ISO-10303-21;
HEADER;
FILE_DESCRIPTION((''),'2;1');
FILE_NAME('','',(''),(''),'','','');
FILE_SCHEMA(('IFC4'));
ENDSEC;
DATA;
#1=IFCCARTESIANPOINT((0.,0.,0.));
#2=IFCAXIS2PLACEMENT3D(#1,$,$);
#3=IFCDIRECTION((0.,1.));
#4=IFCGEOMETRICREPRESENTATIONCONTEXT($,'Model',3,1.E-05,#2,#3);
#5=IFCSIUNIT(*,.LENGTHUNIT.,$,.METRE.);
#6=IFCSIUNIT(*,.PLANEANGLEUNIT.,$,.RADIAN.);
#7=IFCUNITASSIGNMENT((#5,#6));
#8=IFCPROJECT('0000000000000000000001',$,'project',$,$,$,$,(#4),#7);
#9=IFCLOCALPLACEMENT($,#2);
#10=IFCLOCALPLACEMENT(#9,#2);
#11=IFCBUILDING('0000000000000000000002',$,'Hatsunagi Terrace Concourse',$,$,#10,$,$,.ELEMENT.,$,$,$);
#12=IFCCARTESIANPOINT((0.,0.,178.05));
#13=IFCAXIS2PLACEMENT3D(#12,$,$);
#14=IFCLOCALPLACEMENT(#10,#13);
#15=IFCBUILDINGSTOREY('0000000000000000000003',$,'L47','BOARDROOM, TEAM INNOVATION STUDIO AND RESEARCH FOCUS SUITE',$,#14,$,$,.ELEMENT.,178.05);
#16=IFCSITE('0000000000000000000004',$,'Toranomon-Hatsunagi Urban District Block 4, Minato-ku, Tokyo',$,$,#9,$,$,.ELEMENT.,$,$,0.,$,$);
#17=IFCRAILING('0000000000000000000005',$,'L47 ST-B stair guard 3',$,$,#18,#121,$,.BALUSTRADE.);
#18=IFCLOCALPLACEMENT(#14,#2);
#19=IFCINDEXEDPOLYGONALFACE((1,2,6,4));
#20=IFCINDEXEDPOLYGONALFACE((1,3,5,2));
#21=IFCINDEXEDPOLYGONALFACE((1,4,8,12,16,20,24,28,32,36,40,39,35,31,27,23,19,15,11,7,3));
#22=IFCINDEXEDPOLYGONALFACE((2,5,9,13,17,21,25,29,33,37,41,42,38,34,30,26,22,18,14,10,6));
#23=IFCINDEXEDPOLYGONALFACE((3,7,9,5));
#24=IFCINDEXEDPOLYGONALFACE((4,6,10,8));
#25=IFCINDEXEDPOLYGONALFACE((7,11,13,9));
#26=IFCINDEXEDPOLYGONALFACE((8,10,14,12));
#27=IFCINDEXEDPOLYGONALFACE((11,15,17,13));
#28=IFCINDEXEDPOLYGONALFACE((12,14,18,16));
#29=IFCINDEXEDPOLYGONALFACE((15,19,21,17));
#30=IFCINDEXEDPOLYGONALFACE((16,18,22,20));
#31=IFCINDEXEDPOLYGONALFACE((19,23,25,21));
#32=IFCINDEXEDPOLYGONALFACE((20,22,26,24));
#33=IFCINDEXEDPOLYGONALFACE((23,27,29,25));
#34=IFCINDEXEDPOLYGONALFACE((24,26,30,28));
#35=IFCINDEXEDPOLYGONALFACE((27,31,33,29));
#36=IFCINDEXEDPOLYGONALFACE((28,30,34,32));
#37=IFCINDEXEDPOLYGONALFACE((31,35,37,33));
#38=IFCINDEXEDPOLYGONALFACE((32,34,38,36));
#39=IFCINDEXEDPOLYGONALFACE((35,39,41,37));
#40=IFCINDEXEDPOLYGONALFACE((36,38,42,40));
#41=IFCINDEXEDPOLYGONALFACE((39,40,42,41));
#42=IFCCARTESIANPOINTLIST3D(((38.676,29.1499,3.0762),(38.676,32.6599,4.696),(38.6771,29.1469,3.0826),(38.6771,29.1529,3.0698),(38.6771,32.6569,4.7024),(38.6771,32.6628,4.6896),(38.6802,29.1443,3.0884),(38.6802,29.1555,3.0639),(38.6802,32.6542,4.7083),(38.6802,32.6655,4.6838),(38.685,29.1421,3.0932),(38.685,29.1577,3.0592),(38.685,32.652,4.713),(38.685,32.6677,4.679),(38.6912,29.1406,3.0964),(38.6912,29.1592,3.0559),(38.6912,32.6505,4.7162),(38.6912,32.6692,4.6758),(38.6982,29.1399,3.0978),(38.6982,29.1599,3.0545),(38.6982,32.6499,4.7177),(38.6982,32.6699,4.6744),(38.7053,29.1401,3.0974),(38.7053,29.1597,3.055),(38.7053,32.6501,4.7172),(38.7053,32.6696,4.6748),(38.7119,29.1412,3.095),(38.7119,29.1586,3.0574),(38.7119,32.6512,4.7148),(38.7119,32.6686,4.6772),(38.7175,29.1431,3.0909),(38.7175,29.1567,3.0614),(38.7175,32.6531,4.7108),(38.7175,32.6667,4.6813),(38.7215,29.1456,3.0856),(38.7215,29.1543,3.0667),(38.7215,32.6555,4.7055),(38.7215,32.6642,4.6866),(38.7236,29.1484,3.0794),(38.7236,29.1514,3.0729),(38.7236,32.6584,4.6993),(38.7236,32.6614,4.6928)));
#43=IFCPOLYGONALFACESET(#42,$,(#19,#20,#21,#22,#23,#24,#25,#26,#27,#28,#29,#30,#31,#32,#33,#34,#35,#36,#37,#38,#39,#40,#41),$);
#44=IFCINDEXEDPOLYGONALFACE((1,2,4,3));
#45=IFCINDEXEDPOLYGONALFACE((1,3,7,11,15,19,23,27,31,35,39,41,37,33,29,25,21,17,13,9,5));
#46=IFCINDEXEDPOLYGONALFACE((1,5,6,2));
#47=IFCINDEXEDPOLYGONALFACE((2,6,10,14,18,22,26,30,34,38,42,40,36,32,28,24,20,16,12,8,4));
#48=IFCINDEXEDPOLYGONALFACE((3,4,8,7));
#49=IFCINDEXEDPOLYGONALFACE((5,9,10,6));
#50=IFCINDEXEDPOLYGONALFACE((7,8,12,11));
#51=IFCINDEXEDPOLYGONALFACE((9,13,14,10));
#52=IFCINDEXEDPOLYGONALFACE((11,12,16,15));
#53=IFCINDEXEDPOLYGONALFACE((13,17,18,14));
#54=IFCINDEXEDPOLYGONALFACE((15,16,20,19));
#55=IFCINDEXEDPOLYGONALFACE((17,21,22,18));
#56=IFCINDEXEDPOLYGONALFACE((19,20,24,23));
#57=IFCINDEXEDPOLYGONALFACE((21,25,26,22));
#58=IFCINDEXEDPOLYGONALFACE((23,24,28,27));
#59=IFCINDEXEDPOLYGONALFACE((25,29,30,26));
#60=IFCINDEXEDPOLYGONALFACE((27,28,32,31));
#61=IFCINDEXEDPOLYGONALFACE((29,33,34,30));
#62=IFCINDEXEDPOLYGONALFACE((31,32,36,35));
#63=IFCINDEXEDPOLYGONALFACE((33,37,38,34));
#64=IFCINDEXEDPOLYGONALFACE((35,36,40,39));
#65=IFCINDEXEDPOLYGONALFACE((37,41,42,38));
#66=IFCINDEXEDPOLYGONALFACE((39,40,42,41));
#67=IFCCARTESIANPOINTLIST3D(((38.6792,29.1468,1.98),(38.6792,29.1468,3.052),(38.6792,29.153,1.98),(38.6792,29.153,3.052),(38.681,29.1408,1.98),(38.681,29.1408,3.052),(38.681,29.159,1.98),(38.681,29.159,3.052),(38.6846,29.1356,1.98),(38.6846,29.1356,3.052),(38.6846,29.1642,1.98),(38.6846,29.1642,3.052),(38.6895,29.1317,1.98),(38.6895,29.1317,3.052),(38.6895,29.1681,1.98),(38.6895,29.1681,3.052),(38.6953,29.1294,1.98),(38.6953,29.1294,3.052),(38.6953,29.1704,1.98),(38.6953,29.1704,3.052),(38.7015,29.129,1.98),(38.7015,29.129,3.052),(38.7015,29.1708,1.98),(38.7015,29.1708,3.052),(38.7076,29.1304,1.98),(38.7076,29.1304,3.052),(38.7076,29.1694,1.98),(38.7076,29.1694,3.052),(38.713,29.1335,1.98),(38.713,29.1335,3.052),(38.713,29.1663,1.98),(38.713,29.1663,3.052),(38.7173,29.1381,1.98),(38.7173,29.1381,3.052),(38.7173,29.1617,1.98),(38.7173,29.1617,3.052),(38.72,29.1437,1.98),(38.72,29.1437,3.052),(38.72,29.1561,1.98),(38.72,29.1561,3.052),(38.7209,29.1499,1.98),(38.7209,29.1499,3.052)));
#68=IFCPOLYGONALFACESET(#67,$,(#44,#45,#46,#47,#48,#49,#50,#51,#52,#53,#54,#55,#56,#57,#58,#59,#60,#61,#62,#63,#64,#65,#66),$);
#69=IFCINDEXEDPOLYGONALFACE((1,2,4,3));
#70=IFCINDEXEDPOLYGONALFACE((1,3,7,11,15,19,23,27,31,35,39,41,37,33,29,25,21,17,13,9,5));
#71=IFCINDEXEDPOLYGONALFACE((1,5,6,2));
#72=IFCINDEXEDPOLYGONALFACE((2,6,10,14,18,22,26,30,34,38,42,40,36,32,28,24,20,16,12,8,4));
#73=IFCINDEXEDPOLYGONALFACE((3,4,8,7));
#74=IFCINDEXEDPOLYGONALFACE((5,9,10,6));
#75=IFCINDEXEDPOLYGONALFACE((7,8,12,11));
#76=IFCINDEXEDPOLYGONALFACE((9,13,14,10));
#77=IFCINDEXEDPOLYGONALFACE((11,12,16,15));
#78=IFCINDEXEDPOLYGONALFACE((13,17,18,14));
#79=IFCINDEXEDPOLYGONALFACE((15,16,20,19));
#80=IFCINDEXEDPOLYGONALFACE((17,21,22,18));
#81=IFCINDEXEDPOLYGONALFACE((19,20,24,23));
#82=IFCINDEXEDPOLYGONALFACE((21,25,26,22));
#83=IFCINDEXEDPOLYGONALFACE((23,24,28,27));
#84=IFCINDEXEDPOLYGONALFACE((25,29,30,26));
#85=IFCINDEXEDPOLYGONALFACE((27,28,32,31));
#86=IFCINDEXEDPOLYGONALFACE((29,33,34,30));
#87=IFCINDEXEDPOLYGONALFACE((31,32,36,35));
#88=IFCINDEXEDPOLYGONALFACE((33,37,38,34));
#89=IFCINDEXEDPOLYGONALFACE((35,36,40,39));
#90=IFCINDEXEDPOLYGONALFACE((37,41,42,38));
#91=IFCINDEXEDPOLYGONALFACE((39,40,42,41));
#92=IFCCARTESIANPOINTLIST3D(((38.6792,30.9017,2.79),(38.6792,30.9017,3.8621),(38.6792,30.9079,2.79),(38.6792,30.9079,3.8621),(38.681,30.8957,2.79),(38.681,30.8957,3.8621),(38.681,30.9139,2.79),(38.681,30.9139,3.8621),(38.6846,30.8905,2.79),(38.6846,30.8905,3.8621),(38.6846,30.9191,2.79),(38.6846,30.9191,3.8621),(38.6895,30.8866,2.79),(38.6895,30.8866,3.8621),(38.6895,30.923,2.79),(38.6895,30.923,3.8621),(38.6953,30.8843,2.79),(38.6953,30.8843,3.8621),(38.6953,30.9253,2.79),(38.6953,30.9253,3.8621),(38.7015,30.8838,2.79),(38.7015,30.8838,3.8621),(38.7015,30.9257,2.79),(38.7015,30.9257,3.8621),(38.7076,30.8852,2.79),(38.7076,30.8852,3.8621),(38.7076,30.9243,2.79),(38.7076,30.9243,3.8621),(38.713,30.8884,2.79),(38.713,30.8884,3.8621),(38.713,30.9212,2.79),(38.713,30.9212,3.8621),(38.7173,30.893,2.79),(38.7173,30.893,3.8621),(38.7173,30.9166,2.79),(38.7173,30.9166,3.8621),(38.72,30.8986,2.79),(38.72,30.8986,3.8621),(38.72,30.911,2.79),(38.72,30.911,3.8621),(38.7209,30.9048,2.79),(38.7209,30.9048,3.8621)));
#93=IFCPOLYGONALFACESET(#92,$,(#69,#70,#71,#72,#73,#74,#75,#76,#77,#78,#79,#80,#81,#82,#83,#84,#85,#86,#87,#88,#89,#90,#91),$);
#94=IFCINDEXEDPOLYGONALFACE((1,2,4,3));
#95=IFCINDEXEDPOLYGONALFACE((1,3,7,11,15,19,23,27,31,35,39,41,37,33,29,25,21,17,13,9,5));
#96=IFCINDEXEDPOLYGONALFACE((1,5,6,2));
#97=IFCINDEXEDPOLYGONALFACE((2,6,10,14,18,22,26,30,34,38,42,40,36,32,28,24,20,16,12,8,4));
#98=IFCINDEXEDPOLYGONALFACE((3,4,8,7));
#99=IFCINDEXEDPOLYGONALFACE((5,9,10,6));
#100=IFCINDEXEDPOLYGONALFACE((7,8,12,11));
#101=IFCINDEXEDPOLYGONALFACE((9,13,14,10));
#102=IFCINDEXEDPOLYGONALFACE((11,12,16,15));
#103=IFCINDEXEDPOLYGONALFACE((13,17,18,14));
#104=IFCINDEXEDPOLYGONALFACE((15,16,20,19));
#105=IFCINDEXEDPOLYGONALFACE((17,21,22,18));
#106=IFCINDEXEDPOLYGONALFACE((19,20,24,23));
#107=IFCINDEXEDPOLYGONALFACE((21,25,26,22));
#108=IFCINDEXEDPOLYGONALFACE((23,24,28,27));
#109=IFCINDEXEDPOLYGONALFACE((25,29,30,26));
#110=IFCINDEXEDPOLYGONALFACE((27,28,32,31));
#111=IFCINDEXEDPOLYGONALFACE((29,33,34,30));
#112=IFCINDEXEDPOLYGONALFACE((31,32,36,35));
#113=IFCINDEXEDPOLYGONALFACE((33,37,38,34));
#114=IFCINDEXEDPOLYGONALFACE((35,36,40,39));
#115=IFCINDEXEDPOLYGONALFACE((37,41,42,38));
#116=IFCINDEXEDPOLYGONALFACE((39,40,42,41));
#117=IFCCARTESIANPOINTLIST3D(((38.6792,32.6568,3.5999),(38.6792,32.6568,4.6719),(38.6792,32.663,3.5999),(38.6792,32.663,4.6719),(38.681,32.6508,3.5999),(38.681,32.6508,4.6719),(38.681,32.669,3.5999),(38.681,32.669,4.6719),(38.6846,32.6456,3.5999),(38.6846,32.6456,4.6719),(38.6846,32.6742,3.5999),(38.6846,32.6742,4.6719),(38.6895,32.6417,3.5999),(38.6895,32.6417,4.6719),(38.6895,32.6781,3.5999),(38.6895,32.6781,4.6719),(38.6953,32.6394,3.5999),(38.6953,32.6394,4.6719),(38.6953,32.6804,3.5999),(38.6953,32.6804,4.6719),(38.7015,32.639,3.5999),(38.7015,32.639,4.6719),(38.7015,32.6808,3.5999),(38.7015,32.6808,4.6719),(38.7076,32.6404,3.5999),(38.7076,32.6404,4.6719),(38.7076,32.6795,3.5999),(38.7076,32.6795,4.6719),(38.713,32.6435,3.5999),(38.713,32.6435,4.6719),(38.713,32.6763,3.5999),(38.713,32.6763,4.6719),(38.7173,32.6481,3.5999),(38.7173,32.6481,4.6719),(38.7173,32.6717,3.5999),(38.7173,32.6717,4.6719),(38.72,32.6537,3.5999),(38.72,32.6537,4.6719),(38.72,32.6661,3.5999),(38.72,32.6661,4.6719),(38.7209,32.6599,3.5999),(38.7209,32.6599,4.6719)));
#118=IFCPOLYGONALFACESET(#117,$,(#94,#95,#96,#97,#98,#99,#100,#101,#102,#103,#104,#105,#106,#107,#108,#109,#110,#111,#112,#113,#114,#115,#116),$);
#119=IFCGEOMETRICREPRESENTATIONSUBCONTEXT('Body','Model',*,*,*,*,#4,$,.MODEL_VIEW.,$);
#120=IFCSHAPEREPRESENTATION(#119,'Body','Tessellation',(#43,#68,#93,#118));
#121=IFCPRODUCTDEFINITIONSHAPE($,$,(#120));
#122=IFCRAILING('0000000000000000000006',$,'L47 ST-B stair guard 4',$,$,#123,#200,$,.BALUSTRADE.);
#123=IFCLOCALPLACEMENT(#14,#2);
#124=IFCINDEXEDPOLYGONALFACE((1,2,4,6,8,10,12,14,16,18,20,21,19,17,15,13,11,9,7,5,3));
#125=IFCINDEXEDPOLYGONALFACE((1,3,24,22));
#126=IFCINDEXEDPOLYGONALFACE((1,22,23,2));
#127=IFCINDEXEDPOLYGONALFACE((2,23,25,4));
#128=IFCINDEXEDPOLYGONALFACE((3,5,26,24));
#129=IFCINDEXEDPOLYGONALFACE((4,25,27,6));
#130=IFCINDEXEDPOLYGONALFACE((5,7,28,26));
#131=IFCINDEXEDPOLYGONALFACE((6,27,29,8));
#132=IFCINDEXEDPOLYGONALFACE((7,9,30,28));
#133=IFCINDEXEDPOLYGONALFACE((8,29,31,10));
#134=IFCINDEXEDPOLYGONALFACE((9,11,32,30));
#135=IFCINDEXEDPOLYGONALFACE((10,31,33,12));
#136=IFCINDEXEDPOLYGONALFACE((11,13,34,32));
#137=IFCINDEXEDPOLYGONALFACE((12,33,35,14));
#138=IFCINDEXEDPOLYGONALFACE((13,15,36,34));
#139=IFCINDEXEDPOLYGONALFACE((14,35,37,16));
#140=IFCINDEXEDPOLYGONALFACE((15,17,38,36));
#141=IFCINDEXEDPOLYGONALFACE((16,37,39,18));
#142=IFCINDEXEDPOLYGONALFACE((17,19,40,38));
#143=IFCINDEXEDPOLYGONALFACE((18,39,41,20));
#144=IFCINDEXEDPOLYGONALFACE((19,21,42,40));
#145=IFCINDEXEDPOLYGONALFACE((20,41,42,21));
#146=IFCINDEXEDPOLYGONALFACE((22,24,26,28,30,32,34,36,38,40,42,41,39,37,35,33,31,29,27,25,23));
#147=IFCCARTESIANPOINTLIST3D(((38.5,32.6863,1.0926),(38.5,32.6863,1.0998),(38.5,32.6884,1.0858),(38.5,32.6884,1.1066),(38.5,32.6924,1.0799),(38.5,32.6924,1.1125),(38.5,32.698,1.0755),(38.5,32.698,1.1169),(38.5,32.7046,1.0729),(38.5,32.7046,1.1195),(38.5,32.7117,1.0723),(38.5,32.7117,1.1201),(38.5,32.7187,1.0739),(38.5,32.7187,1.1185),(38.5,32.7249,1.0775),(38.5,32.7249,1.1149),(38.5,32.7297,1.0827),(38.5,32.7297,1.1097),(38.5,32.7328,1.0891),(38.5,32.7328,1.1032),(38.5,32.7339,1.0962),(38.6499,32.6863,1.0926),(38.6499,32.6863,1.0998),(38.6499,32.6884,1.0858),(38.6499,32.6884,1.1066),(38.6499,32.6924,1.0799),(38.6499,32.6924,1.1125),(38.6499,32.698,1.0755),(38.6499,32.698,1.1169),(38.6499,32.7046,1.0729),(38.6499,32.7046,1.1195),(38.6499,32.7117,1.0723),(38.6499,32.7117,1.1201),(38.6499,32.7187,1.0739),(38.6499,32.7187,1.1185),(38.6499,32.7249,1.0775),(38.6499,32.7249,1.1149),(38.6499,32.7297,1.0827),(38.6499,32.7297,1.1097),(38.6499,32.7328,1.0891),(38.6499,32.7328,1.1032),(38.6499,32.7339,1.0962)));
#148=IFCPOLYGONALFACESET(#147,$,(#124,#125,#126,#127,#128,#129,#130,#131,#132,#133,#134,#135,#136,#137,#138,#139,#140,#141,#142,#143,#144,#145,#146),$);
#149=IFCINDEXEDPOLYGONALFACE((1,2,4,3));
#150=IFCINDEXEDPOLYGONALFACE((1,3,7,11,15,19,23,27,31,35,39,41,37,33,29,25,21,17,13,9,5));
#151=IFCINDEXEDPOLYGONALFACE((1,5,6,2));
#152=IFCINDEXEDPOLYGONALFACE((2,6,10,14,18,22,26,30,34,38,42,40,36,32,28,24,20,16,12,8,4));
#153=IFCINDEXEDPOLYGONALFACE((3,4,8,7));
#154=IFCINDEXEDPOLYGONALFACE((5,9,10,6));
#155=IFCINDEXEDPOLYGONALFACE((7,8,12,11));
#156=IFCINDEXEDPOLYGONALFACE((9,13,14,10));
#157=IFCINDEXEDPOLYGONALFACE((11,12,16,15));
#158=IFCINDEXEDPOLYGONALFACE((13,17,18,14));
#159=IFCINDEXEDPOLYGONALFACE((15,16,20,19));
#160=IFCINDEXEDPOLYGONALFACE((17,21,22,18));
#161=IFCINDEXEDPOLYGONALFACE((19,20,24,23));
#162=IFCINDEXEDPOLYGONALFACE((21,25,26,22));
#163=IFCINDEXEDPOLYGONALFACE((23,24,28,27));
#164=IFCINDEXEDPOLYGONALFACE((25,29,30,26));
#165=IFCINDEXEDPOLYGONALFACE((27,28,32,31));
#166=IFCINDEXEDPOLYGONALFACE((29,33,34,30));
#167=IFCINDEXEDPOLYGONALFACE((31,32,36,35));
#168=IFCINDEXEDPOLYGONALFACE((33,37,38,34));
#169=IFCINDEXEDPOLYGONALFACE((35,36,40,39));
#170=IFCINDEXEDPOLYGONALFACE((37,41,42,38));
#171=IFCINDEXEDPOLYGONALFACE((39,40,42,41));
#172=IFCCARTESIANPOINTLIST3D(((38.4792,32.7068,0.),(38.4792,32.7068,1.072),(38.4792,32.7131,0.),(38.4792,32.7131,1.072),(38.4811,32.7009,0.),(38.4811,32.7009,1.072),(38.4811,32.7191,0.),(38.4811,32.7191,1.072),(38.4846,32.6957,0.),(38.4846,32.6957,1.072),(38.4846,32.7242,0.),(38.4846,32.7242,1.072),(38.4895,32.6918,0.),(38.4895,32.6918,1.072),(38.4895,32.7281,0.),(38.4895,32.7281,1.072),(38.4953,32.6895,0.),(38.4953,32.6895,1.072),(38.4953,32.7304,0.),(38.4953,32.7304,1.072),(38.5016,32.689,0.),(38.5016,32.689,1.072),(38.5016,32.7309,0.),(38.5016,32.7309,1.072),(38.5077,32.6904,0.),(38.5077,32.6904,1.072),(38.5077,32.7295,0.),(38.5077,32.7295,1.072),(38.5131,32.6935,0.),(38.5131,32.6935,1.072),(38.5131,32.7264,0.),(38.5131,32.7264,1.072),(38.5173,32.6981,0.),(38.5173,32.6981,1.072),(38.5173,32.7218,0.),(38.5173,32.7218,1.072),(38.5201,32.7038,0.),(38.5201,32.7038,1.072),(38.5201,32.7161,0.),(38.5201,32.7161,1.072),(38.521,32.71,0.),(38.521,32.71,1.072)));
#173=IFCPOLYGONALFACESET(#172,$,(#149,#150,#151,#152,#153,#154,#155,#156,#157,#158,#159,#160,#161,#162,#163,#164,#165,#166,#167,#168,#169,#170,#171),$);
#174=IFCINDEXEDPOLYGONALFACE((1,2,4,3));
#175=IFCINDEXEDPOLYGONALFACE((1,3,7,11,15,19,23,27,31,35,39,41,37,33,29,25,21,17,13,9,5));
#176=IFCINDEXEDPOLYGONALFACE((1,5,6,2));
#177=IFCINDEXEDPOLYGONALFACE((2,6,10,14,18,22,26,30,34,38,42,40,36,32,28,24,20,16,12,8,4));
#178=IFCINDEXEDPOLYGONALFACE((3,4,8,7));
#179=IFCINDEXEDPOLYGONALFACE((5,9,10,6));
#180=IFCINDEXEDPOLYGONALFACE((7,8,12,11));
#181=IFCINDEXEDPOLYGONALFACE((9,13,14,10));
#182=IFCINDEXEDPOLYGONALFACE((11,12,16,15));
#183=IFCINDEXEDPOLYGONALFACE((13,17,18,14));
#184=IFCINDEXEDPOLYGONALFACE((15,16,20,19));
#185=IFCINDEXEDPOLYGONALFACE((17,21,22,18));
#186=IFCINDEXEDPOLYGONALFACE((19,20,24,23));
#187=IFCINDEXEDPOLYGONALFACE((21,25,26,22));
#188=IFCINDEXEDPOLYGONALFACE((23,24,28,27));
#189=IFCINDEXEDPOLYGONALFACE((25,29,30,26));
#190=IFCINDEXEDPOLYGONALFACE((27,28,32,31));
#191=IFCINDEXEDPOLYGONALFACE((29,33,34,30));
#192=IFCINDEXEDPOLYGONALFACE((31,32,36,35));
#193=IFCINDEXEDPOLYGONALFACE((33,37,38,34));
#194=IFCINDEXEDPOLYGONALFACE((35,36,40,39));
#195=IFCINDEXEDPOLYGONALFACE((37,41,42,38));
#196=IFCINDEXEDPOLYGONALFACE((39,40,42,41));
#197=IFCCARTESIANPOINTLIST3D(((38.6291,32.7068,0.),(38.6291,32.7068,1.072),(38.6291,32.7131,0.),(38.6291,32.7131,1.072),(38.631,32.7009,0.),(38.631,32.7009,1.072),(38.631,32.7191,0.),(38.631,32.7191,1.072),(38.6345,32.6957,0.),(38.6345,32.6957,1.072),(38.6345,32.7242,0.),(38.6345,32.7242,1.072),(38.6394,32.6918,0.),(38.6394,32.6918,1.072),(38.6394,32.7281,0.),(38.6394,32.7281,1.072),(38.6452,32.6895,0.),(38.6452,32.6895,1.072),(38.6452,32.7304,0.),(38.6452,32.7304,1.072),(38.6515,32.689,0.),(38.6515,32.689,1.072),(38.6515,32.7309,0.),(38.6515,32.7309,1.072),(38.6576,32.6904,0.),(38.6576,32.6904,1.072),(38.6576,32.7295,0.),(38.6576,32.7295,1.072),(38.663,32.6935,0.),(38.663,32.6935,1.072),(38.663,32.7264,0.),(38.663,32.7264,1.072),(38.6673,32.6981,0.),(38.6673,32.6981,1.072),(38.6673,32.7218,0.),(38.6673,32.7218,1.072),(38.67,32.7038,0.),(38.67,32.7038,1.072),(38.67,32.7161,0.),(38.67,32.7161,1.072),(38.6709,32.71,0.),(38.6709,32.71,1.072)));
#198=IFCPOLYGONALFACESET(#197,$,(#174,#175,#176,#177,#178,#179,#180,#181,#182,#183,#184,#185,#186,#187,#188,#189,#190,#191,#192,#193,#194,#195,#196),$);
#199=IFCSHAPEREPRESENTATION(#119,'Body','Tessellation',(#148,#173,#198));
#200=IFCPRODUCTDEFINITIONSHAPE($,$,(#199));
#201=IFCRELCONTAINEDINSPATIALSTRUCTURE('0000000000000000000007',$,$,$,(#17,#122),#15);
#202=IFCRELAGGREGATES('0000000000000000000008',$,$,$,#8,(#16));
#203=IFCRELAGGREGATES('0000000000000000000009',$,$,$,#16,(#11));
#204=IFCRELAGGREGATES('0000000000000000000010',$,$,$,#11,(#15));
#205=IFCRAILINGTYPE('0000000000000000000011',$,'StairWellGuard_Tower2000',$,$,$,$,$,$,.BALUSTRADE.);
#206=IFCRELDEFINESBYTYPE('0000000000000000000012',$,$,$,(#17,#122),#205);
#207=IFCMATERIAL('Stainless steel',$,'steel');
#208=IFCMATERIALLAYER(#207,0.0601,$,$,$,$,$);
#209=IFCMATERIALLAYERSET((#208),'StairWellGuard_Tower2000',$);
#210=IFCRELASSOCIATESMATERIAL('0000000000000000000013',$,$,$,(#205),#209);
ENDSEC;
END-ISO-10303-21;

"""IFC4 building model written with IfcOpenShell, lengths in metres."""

from ifc_helpers import new_model, si_unit, direction, frame, origin, origin_2d, place, context, subcontext, project, spatial, circle, extrude, material, layer, layer_set, type_object, element, save


model = new_model("IFC4")

# Units and contexts
model_context = context("Model", 3, precision=1e-05, world=origin(), true_north=direction((0.0, 1.0)))
body_context = subcontext(model_context, "Body", "Model", "MODEL_VIEW")
ifc_project = project(units=[si_unit("LENGTHUNIT", "METRE"), si_unit("PLANEANGLEUNIT", "RADIAN")], contexts=[model_context])

# Site, building, storey
site_placement = place(None, origin())
site = spatial("IfcSite", under=ifc_project, at=site_placement, Name="Toranomon-Hatsunagi Urban District Block 4, Minato-ku, Tokyo", CompositionType="ELEMENT", RefElevation=0.0)
building_placement = place(site_placement, origin())
building = spatial("IfcBuilding", under=site, at=building_placement, Name="Hatsunagi Terrace Concourse", CompositionType="ELEMENT")
storey_placement = place(building_placement, frame((0.0, 0.0, 178.05)))
storey = spatial("IfcBuildingStorey", under=building, at=storey_placement, Name="L47", Description="BOARDROOM, TEAM INNOVATION STUDIO AND RESEARCH FOCUS SUITE", CompositionType="ELEMENT", Elevation=178.05)

# Railings
ifc_material_1 = material(Name="Stainless steel", Category="steel")
ifc_layer_1 = layer(ifc_material_1, 0.0601)
ifc_layer_set_1 = layer_set([ifc_layer_1], Name="StairWellGuard_Tower2000")
railing_type_1 = type_object("IfcRailingType", Name="StairWellGuard_Tower2000", PredefinedType="BALUSTRADE", material=ifc_layer_set_1)
railing_1_placement = place(storey_placement, frame((38.7, 29.1499, 1.98)))
element("IfcRailing", 1, at=railing_1_placement, inside=storey, type_object=railing_type_1, Name="L47 ST-B stair guard 3", PredefinedType="BALUSTRADE", context=body_context, shape_type="SweptSolid", body=[
    extrude(circle(Radius=0.0239, at=origin_2d()), frame((0.0, 0.0, 1.0962), z_axis=(0.0, 0.907972, 0.41903), x_axis=(-1.0, 0.0, 0.0)), (0.0, 0.0, 1.0), 3.8657),
    extrude(circle(Radius=0.021, at=origin_2d()), origin(), (0.0, 0.0, 1.0), 1.072),
    extrude(circle(Radius=0.021, at=origin_2d()), frame((0.0, 1.7549, 0.8101)), (0.0, 0.0, 1.0), 1.072),
    extrude(circle(Radius=0.021, at=origin_2d()), frame((0.0, 3.51, 1.6199)), (0.0, 0.0, 1.0), 1.072),
])
railing_2_placement = place(storey_placement, frame((38.5, 32.71, 0.0)))
element("IfcRailing", 2, at=railing_2_placement, inside=storey, type_object=railing_type_1, Name="L47 ST-B stair guard 4", PredefinedType="BALUSTRADE", context=body_context, shape_type="SweptSolid", body=[
    extrude(circle(Radius=0.0239, at=origin_2d()), frame((0.0, 0.0, 1.0962), z_axis=(1.0, 0.0, 0.0), x_axis=(0.0, 1.0, 0.0)), (0.0, 0.0, 1.0), 0.1499),
    extrude(circle(Radius=0.021, at=origin_2d()), origin(), (0.0, 0.0, 1.0), 1.072),
    extrude(circle(Radius=0.021, at=origin_2d()), frame((0.1499, 0.0, 0.0)), (0.0, 0.0, 1.0), 1.072),
])

save(model, "model.ifc")
